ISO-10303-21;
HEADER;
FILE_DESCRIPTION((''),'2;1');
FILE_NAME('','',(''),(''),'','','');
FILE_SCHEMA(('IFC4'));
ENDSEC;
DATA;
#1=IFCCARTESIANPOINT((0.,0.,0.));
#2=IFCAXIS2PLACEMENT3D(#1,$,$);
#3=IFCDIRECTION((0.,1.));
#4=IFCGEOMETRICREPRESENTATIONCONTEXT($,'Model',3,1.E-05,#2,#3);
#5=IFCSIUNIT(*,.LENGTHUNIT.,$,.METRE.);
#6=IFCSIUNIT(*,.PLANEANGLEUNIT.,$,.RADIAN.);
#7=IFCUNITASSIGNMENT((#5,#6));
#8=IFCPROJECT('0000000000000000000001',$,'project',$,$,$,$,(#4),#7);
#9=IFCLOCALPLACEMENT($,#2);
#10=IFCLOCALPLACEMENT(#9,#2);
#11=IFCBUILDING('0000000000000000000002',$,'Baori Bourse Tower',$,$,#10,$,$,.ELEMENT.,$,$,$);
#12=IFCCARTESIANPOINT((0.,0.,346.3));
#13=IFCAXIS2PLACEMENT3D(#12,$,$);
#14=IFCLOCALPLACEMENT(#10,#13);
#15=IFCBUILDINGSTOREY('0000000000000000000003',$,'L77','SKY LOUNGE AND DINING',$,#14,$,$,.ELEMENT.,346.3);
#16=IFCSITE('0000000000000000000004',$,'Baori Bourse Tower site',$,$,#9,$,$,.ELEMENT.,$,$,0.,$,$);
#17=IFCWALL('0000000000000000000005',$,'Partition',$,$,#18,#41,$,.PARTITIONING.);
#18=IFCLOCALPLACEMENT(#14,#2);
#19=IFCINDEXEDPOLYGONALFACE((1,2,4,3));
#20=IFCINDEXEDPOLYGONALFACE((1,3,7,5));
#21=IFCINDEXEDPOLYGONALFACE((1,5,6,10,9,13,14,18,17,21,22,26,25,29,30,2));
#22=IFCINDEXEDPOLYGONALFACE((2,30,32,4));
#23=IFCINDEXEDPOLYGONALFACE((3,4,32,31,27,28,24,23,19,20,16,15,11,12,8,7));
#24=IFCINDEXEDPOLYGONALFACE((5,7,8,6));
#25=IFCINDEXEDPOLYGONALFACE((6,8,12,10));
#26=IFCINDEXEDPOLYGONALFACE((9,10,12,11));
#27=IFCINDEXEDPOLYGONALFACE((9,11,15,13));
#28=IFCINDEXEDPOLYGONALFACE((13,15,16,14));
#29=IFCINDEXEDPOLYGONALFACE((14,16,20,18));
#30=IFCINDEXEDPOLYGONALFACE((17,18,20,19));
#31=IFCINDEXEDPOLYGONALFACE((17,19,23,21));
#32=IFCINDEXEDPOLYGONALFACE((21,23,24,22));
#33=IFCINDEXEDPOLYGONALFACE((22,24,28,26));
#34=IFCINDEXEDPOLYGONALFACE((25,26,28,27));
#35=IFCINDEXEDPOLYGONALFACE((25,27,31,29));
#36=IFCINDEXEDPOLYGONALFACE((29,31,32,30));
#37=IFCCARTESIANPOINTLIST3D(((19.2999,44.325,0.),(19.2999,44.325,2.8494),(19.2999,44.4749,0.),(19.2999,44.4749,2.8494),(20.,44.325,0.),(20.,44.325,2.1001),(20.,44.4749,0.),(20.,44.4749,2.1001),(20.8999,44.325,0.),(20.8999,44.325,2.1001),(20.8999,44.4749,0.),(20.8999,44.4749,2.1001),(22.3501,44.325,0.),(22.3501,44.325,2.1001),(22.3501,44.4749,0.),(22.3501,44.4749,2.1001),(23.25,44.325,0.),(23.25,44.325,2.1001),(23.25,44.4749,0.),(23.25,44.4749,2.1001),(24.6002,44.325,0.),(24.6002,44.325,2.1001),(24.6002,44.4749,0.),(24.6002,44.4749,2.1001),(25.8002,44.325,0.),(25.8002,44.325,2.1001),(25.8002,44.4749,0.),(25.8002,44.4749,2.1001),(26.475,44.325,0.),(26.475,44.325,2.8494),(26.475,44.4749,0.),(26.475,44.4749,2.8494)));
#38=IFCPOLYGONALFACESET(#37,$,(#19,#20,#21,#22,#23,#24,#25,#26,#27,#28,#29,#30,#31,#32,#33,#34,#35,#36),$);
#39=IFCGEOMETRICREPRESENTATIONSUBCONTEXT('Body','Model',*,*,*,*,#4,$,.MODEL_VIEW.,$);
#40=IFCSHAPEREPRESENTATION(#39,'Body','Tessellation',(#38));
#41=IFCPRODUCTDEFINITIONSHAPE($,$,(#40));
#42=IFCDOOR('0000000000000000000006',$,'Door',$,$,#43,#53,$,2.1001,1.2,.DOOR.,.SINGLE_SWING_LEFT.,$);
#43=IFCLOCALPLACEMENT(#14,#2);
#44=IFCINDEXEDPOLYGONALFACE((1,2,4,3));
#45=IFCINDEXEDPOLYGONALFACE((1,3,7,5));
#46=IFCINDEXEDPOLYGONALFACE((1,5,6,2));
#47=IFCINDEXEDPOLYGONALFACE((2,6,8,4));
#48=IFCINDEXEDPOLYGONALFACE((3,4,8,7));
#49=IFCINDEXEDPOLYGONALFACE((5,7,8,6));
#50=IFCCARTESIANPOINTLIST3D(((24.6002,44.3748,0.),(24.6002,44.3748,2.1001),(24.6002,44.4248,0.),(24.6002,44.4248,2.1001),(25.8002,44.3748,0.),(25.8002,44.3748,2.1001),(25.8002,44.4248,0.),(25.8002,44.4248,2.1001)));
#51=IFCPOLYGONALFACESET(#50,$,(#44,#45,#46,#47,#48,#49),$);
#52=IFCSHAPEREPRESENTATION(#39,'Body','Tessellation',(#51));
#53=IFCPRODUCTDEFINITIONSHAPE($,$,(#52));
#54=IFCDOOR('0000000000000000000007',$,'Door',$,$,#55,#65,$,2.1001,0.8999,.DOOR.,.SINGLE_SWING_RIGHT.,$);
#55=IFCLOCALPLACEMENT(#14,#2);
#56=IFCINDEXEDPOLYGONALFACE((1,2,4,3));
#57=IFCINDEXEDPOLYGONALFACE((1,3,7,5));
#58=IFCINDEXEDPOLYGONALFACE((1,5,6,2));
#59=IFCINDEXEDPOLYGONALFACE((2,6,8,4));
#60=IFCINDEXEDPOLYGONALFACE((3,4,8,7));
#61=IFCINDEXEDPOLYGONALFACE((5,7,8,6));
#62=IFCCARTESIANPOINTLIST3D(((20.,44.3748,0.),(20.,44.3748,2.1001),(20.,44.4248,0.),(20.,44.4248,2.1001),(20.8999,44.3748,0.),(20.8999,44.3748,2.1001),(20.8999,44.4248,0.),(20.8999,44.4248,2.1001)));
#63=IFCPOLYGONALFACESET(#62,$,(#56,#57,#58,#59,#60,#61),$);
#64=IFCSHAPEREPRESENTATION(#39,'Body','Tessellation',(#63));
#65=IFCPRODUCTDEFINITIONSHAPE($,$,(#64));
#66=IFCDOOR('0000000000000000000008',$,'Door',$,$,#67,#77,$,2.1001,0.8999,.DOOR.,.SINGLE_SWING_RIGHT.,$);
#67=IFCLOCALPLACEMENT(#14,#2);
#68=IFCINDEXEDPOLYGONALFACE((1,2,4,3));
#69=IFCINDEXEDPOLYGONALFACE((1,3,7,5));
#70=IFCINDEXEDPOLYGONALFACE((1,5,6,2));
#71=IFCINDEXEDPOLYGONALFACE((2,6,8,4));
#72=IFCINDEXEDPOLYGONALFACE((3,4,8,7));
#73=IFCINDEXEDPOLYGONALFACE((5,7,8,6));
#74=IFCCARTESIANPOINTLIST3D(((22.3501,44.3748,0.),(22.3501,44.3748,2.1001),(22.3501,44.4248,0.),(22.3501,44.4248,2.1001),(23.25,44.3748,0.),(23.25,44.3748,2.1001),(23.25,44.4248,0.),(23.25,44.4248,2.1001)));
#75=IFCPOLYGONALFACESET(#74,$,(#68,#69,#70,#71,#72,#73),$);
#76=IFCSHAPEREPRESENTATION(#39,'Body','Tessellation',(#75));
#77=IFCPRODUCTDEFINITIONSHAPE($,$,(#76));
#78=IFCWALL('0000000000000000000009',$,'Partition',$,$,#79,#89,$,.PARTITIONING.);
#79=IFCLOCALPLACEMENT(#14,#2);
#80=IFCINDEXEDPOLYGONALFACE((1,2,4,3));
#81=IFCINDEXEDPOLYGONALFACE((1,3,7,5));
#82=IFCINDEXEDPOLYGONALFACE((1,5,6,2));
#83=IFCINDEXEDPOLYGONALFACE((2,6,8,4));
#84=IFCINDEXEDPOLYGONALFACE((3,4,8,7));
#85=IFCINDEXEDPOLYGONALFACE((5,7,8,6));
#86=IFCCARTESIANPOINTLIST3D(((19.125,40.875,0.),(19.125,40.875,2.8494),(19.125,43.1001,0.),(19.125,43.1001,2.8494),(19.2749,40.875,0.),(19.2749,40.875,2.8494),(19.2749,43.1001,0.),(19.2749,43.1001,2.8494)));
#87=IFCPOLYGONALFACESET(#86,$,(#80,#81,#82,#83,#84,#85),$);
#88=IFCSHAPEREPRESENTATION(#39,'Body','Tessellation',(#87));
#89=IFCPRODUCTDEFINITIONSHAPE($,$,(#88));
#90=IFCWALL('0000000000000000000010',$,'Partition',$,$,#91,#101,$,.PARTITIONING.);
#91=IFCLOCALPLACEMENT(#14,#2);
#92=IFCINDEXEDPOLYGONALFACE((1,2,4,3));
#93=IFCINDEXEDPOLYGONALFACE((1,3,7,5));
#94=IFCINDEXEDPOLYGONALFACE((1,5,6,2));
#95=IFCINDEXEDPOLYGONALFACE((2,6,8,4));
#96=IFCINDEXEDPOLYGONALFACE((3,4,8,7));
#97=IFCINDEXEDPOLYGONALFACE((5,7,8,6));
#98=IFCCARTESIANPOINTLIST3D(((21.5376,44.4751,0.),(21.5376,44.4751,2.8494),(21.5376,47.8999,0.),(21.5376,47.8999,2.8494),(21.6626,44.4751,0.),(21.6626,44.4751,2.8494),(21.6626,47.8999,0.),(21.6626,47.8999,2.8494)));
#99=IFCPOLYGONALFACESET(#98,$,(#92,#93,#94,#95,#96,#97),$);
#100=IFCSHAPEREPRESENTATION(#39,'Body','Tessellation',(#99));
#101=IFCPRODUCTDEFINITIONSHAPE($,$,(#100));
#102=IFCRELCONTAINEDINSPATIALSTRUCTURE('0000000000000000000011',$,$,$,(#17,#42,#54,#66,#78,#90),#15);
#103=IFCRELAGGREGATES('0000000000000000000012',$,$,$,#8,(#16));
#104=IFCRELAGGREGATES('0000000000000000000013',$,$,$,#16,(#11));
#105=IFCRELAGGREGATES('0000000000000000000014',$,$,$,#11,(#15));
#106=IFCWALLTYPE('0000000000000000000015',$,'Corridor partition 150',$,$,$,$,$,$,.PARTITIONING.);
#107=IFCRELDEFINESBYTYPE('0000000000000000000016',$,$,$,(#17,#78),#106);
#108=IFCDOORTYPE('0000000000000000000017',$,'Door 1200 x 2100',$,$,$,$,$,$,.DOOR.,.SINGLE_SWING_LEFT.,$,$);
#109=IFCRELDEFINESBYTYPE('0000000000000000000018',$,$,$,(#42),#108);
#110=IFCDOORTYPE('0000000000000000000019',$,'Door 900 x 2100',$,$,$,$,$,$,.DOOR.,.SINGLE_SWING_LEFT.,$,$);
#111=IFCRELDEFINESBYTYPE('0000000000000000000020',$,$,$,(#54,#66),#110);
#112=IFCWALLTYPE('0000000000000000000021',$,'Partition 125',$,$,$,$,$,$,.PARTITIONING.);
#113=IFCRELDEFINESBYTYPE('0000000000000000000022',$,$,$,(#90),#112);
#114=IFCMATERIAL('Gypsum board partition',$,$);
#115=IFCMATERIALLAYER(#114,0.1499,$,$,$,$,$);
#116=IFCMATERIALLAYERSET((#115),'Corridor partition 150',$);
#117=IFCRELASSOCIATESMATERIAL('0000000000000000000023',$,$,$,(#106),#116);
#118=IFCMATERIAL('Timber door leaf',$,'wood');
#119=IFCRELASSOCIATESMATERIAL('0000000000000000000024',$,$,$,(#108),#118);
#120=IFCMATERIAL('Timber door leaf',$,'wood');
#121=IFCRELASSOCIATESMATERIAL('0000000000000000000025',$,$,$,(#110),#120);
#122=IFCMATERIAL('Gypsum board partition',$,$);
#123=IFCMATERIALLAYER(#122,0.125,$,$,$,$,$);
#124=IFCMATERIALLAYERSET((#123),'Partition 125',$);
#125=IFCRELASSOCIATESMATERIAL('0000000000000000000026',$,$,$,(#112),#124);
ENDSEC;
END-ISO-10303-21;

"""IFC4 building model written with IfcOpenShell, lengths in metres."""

from ifc_helpers import new_model, si_unit, direction, frame, frame_2d, origin, place, context, subcontext, project, spatial, rectangle, extrude, material, layer, layer_set, type_object, element, fill, save


model = new_model("IFC4")

# Units and contexts
model_context = context("Model", 3, precision=1e-05, world=origin(), true_north=direction((0.0, 1.0)))
body_context = subcontext(model_context, "Body", "Model", "MODEL_VIEW")
ifc_project = project(units=[si_unit("LENGTHUNIT", "METRE"), si_unit("PLANEANGLEUNIT", "RADIAN")], contexts=[model_context])

# Site, building, storey
site_placement = place(None, origin())
site = spatial("IfcSite", under=ifc_project, at=site_placement, Name="Baori Bourse Tower site", CompositionType="ELEMENT", RefElevation=0.0)
building_placement = place(site_placement, origin())
building = spatial("IfcBuilding", under=site, at=building_placement, Name="Baori Bourse Tower", CompositionType="ELEMENT")
storey_placement = place(building_placement, frame((0.0, 0.0, 346.3)))
storey = spatial("IfcBuildingStorey", under=building, at=storey_placement, Name="L77", Description="SKY LOUNGE AND DINING", CompositionType="ELEMENT", Elevation=346.3)

# Wall, openings, doors
ifc_material_1 = material(Name="Gypsum board partition")
ifc_layer_1 = layer(ifc_material_1, 0.1499)
ifc_layer_set_1 = layer_set([ifc_layer_1], Name="Corridor partition 150")
wall_type_1 = type_object("IfcWallType", Name="Corridor partition 150", PredefinedType="PARTITIONING", material=ifc_layer_set_1)
wall_1_placement = place(storey_placement, frame((19.3, 44.3999, 0.0), z_axis=(0.0, 0.0, 1.0), x_axis=(1.0, 0.0, 0.0)))
wall_1 = element("IfcWall", 1, at=wall_1_placement, inside=storey, type_object=wall_type_1, Name="Partition", PredefinedType="PARTITIONING", context=body_context, shape_type="SweptSolid", body=[
    extrude(rectangle(XDim=7.175, YDim=0.1499, at=frame_2d((3.5874, 0.0))), origin(), (0.0, 0.0, 1.0), 2.8494),
])
opening_1_placement = place(wall_1_placement, frame((0.7, 0.0, 0.0)))
opening_1 = element("IfcOpeningElement", 2, at=opening_1_placement, cuts=wall_1, PredefinedType="OPENING", context=body_context, shape_type="SweptSolid", body=[
    extrude(rectangle(XDim=0.8999, YDim=2.1001, at=frame_2d((0.45, 1.05))), frame((0.0, 0.085, 0.0), z_axis=(0.0, -1.0, 0.0), x_axis=(1.0, 0.0, 0.0)), (0.0, 0.0, 1.0), 0.1699),
])
opening_2_placement = place(wall_1_placement, frame((3.05, 0.0, 0.0)))
opening_2 = element("IfcOpeningElement", 3, at=opening_2_placement, cuts=wall_1, PredefinedType="OPENING", context=body_context, shape_type="SweptSolid", body=[
    extrude(rectangle(XDim=0.8999, YDim=2.1001, at=frame_2d((0.45, 1.05))), frame((0.0, 0.085, 0.0), z_axis=(0.0, -1.0, 0.0), x_axis=(1.0, 0.0, 0.0)), (0.0, 0.0, 1.0), 0.1699),
])
opening_3_placement = place(wall_1_placement, frame((5.3, 0.0, 0.0)))
opening_3 = element("IfcOpeningElement", 4, at=opening_3_placement, cuts=wall_1, PredefinedType="OPENING", context=body_context, shape_type="SweptSolid", body=[
    extrude(rectangle(XDim=1.2, YDim=2.1001, at=frame_2d((0.6001, 1.05))), frame((0.0, 0.085, 0.0), z_axis=(0.0, -1.0, 0.0), x_axis=(1.0, 0.0, 0.0)), (0.0, 0.0, 1.0), 0.1699),
])
ifc_material_2 = material(Name="Timber door leaf", Category="wood")
door_type_1 = type_object("IfcDoorType", Name="Door 1200 x 2100", OperationType="SINGLE_SWING_LEFT", PredefinedType="DOOR", material=ifc_material_2)
door_1_placement = place(opening_3_placement, origin())
door_1 = element("IfcDoor", 5, at=door_1_placement, inside=storey, type_object=door_type_1, Name="Door", OperationType="SINGLE_SWING_LEFT", OverallHeight=2.1001, OverallWidth=1.2, PredefinedType="DOOR", context=body_context, shape_type="SweptSolid", body=[
    extrude(rectangle(XDim=1.2, YDim=2.1001, at=frame_2d((0.6001, 1.05))), frame((0.0, 0.0249, 0.0), z_axis=(0.0, -1.0, 0.0), x_axis=(1.0, 0.0, 0.0)), (0.0, 0.0, 1.0), 0.05),
])
fill(opening_3, door_1)
ifc_material_3 = material(Name="Timber door leaf", Category="wood")
door_type_2 = type_object("IfcDoorType", Name="Door 900 x 2100", OperationType="SINGLE_SWING_LEFT", PredefinedType="DOOR", material=ifc_material_3)
door_2_placement = place(opening_1_placement, origin())
door_2 = element("IfcDoor", 6, at=door_2_placement, inside=storey, type_object=door_type_2, Name="Door", OperationType="SINGLE_SWING_RIGHT", OverallHeight=2.1001, OverallWidth=0.8999, PredefinedType="DOOR", context=body_context, shape_type="SweptSolid", body=[
    extrude(rectangle(XDim=0.8999, YDim=2.1001, at=frame_2d((0.45, 1.05))), frame((0.0, 0.0249, 0.0), z_axis=(0.0, -1.0, 0.0), x_axis=(1.0, 0.0, 0.0)), (0.0, 0.0, 1.0), 0.05),
])
fill(opening_1, door_2)
door_3_placement = place(opening_2_placement, origin())
door_3 = element("IfcDoor", 7, at=door_3_placement, inside=storey, type_object=door_type_2, Name="Door", OperationType="SINGLE_SWING_RIGHT", OverallHeight=2.1001, OverallWidth=0.8999, PredefinedType="DOOR", context=body_context, shape_type="SweptSolid", body=[
    extrude(rectangle(XDim=0.8999, YDim=2.1001, at=frame_2d((0.45, 1.05))), frame((0.0, 0.0249, 0.0), z_axis=(0.0, -1.0, 0.0), x_axis=(1.0, 0.0, 0.0)), (0.0, 0.0, 1.0), 0.05),
])
fill(opening_2, door_3)

# Walls
wall_2_placement = place(storey_placement, frame((19.2, 40.875, 0.0), z_axis=(0.0, 0.0, 1.0), x_axis=(0.0, 1.0, 0.0)))
element("IfcWall", 8, at=wall_2_placement, inside=storey, type_object=wall_type_1, Name="Partition", PredefinedType="PARTITIONING", context=body_context, shape_type="SweptSolid", body=[
    extrude(rectangle(XDim=2.2251, YDim=0.1499, at=frame_2d((1.1125, 0.0))), origin(), (0.0, 0.0, 1.0), 2.8494),
])
ifc_material_4 = material(Name="Gypsum board partition")
ifc_layer_2 = layer(ifc_material_4, 0.125)
ifc_layer_set_2 = layer_set([ifc_layer_2], Name="Partition 125")
wall_type_2 = type_object("IfcWallType", Name="Partition 125", PredefinedType="PARTITIONING", material=ifc_layer_set_2)
wall_3_placement = place(storey_placement, frame((21.6001, 44.4751, 0.0), z_axis=(0.0, 0.0, 1.0), x_axis=(0.0, 1.0, 0.0)))
element("IfcWall", 9, at=wall_3_placement, inside=storey, type_object=wall_type_2, Name="Partition", PredefinedType="PARTITIONING", context=body_context, shape_type="SweptSolid", body=[
    extrude(rectangle(XDim=3.4248, YDim=0.125, at=frame_2d((1.7124, 0.0))), origin(), (0.0, 0.0, 1.0), 2.8494),
])

save(model, "model.ifc")
